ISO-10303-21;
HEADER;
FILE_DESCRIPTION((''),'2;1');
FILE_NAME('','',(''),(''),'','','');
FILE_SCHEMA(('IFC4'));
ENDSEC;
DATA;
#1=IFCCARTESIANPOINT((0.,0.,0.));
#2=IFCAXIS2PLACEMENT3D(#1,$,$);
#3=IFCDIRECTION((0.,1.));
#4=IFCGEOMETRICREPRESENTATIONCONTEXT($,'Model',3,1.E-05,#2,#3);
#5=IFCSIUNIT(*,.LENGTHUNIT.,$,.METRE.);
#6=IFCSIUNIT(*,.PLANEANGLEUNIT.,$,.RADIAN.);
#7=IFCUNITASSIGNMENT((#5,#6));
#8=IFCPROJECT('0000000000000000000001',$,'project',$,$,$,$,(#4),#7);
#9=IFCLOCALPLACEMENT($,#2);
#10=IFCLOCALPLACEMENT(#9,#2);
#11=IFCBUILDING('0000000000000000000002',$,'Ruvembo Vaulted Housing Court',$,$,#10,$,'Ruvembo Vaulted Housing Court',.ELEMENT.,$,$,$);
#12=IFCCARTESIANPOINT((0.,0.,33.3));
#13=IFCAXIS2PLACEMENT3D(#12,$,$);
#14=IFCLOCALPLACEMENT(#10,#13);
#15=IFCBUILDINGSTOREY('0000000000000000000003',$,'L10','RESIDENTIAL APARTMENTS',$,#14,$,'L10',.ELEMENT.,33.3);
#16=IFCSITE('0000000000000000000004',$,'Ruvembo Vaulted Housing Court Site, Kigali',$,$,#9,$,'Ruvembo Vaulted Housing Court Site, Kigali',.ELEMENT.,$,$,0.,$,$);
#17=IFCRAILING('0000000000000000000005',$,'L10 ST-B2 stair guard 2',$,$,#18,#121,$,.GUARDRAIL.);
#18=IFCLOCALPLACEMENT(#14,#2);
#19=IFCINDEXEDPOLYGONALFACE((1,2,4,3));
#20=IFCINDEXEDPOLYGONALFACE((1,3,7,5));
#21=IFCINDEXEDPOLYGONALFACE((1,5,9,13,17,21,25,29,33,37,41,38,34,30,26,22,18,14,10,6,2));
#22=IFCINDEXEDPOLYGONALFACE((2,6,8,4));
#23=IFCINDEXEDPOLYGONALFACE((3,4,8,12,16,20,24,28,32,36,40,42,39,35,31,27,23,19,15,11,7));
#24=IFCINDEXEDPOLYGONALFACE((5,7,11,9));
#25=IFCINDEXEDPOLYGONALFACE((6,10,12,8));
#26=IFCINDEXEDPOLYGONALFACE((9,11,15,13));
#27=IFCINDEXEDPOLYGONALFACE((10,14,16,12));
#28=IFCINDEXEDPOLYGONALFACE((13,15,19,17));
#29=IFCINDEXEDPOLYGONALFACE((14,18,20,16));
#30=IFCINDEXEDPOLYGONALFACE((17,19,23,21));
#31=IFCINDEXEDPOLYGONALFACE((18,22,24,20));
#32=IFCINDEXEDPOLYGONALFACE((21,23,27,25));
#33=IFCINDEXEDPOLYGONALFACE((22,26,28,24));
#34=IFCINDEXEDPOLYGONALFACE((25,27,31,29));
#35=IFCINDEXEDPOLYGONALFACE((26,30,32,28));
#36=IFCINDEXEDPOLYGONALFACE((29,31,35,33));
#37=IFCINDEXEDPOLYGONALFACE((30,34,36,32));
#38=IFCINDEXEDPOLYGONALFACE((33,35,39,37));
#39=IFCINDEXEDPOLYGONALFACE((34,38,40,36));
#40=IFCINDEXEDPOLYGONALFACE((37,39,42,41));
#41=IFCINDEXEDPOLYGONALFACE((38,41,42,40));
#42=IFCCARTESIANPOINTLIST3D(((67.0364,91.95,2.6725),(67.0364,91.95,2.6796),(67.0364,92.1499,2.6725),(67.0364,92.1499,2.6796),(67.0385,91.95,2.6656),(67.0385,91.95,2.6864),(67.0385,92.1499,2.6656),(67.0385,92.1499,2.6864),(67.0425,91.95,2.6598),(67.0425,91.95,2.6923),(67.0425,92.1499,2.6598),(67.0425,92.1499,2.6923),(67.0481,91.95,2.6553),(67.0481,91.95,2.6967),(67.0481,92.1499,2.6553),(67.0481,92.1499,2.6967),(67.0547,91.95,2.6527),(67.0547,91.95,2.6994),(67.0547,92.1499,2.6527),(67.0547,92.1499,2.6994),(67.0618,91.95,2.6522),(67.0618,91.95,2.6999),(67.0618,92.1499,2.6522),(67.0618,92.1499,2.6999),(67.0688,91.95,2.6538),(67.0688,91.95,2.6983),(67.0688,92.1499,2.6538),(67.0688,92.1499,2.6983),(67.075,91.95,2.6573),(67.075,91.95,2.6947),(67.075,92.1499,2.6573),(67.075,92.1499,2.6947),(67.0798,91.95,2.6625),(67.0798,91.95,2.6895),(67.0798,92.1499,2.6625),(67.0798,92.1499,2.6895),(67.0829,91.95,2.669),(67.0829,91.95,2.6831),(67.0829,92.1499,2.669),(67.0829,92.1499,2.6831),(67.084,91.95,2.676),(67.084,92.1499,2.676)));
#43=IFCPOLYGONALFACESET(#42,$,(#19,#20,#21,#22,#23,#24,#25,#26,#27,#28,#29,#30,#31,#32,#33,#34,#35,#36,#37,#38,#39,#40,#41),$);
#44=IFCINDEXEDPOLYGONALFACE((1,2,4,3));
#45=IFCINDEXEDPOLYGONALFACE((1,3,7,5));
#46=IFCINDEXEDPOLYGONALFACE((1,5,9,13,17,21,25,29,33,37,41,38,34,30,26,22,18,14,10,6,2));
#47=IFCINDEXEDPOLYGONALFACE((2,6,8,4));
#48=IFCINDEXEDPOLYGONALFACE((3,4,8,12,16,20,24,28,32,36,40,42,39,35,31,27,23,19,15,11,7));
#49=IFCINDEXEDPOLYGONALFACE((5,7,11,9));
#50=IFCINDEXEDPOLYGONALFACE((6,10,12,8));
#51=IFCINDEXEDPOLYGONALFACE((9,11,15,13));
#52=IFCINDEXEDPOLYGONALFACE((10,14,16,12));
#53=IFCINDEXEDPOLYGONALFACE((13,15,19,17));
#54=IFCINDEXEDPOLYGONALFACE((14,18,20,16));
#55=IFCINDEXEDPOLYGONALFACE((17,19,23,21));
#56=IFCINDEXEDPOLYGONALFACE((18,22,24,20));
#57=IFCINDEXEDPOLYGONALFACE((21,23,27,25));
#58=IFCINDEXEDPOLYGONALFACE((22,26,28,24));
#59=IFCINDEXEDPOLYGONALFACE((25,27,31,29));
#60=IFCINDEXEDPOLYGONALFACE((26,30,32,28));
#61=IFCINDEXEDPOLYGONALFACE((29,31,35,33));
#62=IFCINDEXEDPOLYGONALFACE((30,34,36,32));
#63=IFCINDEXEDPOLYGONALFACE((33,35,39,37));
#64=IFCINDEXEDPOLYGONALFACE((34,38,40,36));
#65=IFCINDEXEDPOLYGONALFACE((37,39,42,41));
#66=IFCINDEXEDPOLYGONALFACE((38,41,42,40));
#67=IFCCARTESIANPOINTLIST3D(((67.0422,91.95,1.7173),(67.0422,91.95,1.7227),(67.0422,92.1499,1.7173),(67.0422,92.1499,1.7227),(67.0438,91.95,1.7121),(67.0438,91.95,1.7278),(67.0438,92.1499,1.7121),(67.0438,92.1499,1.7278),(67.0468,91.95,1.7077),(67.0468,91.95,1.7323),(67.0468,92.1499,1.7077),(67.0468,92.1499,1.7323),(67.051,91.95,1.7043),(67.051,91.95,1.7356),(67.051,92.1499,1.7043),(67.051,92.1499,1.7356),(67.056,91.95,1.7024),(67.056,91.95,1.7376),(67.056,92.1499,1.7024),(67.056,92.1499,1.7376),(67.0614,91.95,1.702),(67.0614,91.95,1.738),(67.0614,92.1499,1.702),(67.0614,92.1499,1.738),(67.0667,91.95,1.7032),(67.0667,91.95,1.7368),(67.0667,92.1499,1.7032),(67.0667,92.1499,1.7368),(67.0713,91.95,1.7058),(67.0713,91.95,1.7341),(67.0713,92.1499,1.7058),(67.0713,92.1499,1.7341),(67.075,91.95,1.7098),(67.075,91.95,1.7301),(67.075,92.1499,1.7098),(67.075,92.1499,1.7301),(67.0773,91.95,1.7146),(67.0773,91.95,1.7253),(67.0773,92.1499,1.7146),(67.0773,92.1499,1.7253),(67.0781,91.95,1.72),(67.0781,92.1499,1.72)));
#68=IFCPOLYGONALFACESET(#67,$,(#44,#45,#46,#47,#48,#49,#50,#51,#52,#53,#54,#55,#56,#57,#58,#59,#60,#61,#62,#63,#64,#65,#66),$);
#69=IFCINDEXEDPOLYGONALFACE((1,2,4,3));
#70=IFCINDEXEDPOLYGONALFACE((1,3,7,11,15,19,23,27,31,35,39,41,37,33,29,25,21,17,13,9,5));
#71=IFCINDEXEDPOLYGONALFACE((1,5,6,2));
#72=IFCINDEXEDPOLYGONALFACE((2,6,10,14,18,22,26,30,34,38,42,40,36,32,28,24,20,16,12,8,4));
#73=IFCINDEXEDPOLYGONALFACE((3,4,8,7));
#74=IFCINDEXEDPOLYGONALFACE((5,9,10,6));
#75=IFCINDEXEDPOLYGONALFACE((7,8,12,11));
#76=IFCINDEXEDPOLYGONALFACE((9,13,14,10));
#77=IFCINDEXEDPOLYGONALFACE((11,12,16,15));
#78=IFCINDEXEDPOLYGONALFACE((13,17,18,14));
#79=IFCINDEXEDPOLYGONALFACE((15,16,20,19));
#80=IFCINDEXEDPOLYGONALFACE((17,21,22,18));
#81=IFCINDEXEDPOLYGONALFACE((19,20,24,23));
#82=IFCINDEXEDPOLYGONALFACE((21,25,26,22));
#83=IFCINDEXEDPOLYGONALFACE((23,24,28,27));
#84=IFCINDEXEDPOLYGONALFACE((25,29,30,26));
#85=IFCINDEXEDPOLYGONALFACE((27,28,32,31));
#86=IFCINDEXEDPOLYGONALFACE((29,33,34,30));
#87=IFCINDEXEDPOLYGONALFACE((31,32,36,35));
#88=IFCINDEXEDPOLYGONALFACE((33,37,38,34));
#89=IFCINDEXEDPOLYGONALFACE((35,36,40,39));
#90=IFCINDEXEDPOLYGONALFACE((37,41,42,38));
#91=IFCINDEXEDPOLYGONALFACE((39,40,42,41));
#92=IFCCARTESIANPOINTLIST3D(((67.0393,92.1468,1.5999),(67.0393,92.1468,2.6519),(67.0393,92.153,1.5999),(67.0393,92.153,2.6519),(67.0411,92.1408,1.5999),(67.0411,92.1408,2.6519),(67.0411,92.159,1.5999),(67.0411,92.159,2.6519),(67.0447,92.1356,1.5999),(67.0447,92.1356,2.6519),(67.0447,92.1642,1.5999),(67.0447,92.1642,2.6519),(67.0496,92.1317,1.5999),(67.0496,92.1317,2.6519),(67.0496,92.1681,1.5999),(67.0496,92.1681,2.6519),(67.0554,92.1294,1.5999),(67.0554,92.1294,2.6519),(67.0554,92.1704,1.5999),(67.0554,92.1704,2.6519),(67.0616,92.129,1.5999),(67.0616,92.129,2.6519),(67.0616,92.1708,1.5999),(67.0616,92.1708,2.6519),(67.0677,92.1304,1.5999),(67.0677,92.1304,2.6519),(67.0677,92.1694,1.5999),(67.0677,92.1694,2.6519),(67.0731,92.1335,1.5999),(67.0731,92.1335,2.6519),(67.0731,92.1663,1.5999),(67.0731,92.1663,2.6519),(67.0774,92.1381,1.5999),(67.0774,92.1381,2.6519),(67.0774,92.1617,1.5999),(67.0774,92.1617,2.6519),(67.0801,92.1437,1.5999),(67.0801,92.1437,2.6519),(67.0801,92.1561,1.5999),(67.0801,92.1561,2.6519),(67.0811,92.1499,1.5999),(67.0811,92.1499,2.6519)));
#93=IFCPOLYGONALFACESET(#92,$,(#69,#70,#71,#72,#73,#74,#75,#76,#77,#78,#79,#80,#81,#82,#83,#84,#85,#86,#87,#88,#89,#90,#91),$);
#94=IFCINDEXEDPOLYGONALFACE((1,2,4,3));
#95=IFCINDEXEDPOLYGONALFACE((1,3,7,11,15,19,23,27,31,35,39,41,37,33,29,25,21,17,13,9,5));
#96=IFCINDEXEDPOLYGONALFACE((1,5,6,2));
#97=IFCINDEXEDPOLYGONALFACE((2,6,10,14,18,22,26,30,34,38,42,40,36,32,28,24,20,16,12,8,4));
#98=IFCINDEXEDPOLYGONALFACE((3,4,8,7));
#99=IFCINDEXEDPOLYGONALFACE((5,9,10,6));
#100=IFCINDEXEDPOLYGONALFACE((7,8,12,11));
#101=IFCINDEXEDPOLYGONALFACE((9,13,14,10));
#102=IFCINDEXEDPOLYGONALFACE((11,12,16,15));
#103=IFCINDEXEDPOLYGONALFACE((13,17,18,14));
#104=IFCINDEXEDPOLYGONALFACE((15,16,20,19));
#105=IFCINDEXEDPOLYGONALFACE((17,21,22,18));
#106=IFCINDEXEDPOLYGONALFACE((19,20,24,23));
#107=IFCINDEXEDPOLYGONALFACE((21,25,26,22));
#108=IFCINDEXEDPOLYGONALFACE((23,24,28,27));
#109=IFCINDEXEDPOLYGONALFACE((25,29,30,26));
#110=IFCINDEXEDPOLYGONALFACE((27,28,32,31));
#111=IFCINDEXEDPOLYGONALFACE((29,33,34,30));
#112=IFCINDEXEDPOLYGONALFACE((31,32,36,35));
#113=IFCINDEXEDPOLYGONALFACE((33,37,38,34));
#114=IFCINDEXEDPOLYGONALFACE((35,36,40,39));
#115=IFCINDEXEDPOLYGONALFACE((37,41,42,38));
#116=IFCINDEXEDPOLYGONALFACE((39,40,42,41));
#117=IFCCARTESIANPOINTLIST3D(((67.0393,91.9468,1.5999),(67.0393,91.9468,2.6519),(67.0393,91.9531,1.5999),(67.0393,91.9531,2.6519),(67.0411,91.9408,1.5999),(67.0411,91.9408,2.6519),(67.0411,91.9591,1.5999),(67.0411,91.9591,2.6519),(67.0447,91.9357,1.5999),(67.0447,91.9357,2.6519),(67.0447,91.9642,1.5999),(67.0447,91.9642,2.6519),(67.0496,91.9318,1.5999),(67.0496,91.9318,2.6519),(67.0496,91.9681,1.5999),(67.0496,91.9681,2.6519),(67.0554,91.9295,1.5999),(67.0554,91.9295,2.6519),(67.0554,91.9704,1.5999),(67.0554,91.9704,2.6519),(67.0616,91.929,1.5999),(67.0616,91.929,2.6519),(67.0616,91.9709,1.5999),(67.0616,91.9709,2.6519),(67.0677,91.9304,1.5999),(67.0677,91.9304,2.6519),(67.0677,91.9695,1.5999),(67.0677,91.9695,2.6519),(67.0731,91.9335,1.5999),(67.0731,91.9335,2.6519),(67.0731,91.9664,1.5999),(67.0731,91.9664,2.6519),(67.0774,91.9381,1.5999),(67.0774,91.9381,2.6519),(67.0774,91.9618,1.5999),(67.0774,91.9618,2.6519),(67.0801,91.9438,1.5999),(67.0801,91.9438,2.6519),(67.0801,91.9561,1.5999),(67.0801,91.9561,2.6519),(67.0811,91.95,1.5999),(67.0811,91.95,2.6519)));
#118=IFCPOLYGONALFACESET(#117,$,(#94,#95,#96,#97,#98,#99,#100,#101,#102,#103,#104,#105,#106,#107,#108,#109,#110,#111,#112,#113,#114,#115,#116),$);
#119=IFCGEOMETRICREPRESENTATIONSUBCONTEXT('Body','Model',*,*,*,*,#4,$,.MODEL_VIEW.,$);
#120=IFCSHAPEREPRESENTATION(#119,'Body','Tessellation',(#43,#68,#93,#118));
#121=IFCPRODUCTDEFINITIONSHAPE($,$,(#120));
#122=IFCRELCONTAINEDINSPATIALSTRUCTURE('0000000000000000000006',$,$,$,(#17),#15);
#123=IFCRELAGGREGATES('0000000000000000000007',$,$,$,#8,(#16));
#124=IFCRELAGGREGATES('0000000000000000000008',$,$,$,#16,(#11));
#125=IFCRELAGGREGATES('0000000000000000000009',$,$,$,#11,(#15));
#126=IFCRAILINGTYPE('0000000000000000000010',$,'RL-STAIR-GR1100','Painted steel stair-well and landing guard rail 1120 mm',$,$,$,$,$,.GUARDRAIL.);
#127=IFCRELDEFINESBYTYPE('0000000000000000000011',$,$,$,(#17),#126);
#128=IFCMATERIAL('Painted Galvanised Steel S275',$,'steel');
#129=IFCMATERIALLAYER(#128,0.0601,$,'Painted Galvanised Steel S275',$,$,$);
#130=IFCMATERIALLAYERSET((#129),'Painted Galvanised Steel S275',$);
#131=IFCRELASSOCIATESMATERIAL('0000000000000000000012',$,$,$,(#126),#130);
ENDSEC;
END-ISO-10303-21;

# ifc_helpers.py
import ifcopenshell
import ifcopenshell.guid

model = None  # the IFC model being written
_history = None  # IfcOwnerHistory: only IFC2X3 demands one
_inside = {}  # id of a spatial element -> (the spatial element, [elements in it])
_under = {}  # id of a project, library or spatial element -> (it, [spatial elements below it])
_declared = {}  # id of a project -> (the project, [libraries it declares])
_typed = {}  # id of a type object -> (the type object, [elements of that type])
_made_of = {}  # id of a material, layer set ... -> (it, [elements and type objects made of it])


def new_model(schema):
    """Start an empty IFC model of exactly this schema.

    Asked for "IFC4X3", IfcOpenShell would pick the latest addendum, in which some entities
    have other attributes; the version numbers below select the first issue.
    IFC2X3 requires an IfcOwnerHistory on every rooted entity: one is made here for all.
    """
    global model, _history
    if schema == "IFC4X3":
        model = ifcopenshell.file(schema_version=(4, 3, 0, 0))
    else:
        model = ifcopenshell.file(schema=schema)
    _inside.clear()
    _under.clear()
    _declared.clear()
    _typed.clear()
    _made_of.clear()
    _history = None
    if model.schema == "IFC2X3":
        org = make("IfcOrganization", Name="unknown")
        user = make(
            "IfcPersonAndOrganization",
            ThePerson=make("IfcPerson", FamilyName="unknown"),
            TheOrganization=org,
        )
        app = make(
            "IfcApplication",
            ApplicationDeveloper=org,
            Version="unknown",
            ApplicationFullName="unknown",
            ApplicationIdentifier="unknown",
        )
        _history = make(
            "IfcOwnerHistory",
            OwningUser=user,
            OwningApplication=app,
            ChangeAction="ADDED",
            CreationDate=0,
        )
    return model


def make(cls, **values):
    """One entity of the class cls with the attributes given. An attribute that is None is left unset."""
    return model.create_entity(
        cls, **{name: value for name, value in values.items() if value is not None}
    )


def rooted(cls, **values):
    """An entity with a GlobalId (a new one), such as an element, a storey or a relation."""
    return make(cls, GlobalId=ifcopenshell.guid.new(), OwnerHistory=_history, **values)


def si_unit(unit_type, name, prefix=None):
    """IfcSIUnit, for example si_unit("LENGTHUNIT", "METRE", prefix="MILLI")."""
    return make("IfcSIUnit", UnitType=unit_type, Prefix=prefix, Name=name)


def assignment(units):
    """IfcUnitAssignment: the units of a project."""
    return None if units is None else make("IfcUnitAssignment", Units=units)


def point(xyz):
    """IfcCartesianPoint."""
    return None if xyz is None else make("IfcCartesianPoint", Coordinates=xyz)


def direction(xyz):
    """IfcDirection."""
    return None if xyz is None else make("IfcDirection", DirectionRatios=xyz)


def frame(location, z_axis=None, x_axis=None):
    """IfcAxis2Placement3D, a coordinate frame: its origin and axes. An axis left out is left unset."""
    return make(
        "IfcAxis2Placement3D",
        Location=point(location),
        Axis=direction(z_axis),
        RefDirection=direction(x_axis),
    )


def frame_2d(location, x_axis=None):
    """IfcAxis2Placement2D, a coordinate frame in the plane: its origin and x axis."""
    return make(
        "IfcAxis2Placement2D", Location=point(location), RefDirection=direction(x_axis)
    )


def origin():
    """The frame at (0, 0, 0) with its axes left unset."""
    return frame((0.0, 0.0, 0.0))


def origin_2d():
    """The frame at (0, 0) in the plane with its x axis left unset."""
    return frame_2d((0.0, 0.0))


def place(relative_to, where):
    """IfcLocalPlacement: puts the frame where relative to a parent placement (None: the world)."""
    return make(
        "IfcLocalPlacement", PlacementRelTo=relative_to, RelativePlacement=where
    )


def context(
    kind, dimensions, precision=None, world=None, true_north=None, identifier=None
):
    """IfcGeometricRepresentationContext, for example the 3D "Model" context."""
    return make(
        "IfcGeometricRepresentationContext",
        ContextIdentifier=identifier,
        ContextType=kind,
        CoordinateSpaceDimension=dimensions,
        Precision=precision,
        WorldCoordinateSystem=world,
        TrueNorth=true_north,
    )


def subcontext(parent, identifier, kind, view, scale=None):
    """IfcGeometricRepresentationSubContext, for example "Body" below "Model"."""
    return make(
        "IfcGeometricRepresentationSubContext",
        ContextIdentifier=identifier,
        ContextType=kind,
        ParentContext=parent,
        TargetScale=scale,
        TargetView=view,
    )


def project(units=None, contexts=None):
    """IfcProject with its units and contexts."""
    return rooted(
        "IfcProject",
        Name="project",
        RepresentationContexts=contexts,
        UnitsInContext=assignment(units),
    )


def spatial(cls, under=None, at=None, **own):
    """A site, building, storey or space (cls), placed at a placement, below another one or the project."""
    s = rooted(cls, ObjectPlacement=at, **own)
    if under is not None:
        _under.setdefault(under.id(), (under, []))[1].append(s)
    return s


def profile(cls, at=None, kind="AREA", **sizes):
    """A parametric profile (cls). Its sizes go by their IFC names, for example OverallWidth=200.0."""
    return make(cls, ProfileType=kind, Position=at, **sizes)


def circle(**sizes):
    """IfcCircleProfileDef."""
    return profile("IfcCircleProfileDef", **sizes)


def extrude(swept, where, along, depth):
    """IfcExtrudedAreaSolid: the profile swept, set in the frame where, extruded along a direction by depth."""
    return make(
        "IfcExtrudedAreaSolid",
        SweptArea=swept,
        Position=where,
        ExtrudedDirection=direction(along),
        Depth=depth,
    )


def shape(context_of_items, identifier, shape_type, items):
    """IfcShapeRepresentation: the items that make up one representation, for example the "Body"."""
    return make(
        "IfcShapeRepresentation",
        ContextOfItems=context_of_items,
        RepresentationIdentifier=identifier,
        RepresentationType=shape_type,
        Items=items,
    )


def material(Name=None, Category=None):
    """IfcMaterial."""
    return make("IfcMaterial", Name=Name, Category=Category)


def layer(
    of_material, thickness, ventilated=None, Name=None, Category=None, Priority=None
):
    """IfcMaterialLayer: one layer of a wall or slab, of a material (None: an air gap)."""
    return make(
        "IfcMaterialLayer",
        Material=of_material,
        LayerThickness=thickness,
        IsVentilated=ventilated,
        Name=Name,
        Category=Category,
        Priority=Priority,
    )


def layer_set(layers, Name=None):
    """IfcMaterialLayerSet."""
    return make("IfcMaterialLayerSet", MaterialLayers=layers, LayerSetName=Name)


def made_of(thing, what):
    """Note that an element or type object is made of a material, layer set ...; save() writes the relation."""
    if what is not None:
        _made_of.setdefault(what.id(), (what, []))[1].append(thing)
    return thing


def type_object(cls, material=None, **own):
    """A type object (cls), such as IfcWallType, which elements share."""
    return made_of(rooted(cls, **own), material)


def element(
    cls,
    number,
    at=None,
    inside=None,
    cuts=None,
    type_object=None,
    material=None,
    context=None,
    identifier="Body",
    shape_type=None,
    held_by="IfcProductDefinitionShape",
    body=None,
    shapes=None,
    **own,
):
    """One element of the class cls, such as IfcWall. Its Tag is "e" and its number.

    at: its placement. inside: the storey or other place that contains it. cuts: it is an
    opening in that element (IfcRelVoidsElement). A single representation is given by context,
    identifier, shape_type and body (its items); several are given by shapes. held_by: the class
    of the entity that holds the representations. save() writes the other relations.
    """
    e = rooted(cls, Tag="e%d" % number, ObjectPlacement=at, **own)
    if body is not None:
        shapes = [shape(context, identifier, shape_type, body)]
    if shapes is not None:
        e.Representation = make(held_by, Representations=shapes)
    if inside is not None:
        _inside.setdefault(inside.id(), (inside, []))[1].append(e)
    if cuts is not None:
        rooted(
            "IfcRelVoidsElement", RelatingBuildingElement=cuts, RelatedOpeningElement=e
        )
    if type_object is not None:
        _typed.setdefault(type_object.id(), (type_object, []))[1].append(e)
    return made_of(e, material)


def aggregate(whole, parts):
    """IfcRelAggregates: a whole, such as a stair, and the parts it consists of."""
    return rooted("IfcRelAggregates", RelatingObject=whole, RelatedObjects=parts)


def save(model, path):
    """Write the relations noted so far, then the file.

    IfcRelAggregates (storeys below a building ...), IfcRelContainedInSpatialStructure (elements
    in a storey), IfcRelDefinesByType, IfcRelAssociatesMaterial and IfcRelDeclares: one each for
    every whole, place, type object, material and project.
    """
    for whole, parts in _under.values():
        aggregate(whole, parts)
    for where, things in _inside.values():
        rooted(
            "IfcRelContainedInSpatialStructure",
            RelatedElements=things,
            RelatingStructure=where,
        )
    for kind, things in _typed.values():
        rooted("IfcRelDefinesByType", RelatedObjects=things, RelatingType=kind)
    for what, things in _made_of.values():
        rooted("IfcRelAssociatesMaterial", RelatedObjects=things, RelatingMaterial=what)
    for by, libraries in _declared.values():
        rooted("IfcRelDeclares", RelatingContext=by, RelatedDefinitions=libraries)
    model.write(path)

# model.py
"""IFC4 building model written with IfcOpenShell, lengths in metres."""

from ifc_helpers import new_model, si_unit, direction, frame, origin, origin_2d, place, context, subcontext, project, spatial, circle, extrude, material, layer, layer_set, type_object, element, save


model = new_model("IFC4")

# Units and contexts
model_context = context("Model", 3, precision=1e-05, world=origin(), true_north=direction((0.0, 1.0)))
body_context = subcontext(model_context, "Body", "Model", "MODEL_VIEW")
ifc_project = project(units=[si_unit("LENGTHUNIT", "METRE"), si_unit("PLANEANGLEUNIT", "RADIAN")], contexts=[model_context])

# Site, building, storey
site_placement = place(None, origin())
site = spatial("IfcSite", under=ifc_project, at=site_placement, Name="Ruvembo Vaulted Housing Court Site, Kigali", LongName="Ruvembo Vaulted Housing Court Site, Kigali", CompositionType="ELEMENT", RefElevation=0.0)
building_placement = place(site_placement, origin())
building = spatial("IfcBuilding", under=site, at=building_placement, Name="Ruvembo Vaulted Housing Court", LongName="Ruvembo Vaulted Housing Court", CompositionType="ELEMENT")
storey_placement = place(building_placement, frame((0.0, 0.0, 33.3)))
storey = spatial("IfcBuildingStorey", under=building, at=storey_placement, Name="L10", Description="RESIDENTIAL APARTMENTS", LongName="L10", CompositionType="ELEMENT", Elevation=33.3)

# Railing
ifc_material_1 = material(Name="Painted Galvanised Steel S275", Category="steel")
ifc_layer_1 = layer(ifc_material_1, 0.0601, Name="Painted Galvanised Steel S275")
ifc_layer_set_1 = layer_set([ifc_layer_1], Name="Painted Galvanised Steel S275")
railing_type_1 = type_object("IfcRailingType", Name="RL-STAIR-GR1100", Description="Painted steel stair-well and landing guard rail 1120 mm", PredefinedType="GUARDRAIL", material=ifc_layer_set_1)
railing_1_placement = place(storey_placement, frame((67.0601, 92.1499, 1.5999)))
element("IfcRailing", 1, at=railing_1_placement, inside=storey, type_object=railing_type_1, Name="L10 ST-B2 stair guard 2", PredefinedType="GUARDRAIL", context=body_context, shape_type="SweptSolid", body=[
    extrude(circle(Radius=0.0239, at=origin_2d()), frame((0.0, 0.0, 1.0762), z_axis=(0.0, -1.0, 0.0), x_axis=(1.0, 0.0, 0.0)), (0.0, 0.0, 1.0), 0.2),
    extrude(circle(Radius=0.0181, at=origin_2d()), frame((0.0, 0.0, 0.1201), z_axis=(0.0, -1.0, 0.0), x_axis=(1.0, 0.0, 0.0)), (0.0, 0.0, 1.0), 0.2),
    extrude(circle(Radius=0.021, at=origin_2d()), origin(), (0.0, 0.0, 1.0), 1.052),
    extrude(circle(Radius=0.021, at=origin_2d()), frame((0.0, -0.2, 0.0)), (0.0, 0.0, 1.0), 1.052),
])

save(model, "model.ifc")
